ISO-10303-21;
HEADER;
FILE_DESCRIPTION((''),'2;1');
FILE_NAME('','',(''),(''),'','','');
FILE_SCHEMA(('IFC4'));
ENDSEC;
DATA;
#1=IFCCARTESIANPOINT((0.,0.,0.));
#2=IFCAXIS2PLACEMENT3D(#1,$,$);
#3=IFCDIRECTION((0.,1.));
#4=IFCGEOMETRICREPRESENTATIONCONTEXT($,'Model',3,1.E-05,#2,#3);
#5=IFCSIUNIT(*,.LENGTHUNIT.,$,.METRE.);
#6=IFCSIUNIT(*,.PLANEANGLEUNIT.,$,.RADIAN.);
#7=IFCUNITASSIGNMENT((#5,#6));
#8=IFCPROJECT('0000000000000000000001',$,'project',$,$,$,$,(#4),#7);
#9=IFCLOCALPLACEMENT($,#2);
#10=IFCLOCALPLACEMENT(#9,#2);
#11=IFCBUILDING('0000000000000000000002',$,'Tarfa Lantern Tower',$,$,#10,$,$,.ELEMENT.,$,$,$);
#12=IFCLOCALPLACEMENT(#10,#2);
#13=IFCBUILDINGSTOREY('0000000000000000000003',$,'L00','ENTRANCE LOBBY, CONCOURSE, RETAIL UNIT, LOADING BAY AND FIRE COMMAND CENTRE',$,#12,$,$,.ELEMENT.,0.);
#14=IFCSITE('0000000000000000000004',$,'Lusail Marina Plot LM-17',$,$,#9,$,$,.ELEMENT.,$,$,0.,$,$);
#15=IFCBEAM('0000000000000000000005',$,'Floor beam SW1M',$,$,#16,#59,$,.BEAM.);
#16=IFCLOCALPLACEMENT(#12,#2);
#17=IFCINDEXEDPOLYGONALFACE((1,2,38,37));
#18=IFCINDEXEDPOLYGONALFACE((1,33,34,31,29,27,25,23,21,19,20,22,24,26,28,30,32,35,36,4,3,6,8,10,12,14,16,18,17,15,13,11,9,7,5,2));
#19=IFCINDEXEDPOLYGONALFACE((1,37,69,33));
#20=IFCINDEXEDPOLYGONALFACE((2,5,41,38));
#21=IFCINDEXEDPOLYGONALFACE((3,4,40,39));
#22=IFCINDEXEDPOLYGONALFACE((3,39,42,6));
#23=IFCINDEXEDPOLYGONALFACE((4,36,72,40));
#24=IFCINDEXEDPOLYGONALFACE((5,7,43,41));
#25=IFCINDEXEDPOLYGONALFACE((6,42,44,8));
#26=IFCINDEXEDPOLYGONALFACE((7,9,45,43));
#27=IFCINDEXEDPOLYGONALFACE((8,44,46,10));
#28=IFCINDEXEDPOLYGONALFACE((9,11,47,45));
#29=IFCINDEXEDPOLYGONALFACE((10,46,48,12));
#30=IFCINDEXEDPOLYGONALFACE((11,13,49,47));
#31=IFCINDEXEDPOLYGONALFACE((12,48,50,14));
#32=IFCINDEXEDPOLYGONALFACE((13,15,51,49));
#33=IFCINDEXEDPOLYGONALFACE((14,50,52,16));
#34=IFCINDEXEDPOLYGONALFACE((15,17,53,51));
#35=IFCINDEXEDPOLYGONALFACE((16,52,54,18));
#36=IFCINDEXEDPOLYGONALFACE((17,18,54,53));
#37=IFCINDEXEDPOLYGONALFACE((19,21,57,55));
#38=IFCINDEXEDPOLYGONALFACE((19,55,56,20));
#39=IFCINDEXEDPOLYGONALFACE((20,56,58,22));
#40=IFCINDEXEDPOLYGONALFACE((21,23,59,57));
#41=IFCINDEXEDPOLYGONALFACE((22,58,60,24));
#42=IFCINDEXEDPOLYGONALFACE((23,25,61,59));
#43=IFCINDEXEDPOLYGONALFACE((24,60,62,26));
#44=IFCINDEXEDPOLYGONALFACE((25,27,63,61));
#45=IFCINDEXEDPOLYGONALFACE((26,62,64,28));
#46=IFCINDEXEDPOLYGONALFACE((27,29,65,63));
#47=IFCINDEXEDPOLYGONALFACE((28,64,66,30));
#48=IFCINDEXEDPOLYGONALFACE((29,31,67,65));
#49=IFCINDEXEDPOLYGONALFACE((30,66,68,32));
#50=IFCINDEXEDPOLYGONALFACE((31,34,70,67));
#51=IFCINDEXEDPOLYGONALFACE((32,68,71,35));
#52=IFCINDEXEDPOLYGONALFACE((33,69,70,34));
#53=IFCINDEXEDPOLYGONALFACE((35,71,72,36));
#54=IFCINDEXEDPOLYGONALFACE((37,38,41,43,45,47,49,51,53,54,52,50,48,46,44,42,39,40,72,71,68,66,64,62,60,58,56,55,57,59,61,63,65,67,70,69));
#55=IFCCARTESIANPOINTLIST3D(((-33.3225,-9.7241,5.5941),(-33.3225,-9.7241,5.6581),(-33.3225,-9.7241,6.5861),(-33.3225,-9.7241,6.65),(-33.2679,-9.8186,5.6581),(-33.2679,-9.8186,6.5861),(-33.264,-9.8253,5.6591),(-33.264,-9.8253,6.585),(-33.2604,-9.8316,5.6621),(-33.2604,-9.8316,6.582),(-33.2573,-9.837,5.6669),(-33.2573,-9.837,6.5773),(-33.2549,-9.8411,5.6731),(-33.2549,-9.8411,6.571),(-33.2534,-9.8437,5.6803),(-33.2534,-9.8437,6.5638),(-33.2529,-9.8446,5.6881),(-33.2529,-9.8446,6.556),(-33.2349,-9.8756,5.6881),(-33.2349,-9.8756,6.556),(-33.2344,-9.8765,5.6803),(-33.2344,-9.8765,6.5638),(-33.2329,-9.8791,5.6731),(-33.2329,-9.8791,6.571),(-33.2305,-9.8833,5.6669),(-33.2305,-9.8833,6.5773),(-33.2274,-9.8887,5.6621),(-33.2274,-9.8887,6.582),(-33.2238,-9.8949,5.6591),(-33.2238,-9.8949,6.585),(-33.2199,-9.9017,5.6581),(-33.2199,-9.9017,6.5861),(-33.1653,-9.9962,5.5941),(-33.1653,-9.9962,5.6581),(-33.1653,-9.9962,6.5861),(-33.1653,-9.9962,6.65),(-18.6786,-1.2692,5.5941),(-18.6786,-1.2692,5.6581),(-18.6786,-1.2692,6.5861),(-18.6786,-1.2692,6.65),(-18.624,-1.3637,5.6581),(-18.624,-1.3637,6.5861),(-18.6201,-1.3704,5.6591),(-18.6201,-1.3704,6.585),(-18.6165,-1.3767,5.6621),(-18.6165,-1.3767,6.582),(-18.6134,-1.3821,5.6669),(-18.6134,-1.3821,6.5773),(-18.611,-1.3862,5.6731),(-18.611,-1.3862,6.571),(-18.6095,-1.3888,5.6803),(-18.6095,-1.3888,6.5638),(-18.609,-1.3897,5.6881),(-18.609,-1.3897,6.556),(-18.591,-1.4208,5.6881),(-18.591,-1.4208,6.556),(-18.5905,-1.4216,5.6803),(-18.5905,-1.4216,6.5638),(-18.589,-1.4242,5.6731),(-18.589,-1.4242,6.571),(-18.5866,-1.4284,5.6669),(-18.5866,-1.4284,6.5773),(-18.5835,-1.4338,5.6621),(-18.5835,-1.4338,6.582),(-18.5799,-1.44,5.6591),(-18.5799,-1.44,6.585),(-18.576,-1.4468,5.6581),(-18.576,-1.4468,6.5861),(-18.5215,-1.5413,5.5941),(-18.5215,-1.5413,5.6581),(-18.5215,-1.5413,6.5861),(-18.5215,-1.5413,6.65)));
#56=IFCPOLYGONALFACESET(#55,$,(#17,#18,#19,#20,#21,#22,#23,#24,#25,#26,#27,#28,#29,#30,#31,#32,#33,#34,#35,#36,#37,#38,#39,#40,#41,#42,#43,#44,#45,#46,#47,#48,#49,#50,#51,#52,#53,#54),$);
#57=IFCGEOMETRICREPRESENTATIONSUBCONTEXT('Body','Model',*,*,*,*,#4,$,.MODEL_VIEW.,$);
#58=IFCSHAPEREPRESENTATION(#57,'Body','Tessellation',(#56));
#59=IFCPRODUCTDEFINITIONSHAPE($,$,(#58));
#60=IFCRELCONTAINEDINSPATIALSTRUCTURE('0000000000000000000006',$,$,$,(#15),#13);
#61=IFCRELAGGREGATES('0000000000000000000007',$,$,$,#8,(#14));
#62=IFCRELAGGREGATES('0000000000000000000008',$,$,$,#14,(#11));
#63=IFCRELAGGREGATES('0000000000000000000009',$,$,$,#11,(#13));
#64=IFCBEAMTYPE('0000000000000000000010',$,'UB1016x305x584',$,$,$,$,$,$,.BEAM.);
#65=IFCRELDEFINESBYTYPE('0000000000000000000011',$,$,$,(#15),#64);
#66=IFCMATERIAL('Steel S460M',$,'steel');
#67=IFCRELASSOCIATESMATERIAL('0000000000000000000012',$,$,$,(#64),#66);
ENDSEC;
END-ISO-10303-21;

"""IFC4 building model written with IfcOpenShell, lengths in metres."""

from ifc_helpers import new_model, si_unit, direction, frame, origin, origin_2d, place, context, subcontext, project, spatial, i_section, extrude, material, material_profile, profile_set, type_object, element, save


model = new_model("IFC4")

# Units and contexts
model_context = context("Model", 3, precision=1e-05, world=origin(), true_north=direction((0.0, 1.0)))
body_context = subcontext(model_context, "Body", "Model", "MODEL_VIEW")
ifc_project = project(units=[si_unit("LENGTHUNIT", "METRE"), si_unit("PLANEANGLEUNIT", "RADIAN")], contexts=[model_context])

# Site, building, storey
site_placement = place(None, origin())
site = spatial("IfcSite", under=ifc_project, at=site_placement, Name="Lusail Marina Plot LM-17", CompositionType="ELEMENT", RefElevation=0.0)
building_placement = place(site_placement, origin())
building = spatial("IfcBuilding", under=site, at=building_placement, Name="Tarfa Lantern Tower", CompositionType="ELEMENT")
storey_placement = place(building_placement, origin())
storey = spatial("IfcBuildingStorey", under=building, at=storey_placement, Name="L00", Description="ENTRANCE LOBBY, CONCOURSE, RETAIL UNIT, LOADING BAY AND FIRE COMMAND CENTRE", CompositionType="ELEMENT", Elevation=0.0)

# Beam
ifc_material_1 = material(Name="Steel S460M", Category="steel")
ifc_material_profile_1 = material_profile(ifc_material_1, i_section(OverallWidth=0.3142, OverallDepth=1.0559, WebThickness=0.0359, FlangeThickness=0.064, FilletRadius=0.03, at=origin_2d()), Name="UB1016x305x584")
ifc_profile_set_1 = profile_set([ifc_material_profile_1], Name="Steel S460M")
beam_type_1 = type_object("IfcBeamType", Name="UB1016x305x584", PredefinedType="BEAM", material=ifc_profile_set_1)
beam_1_placement = place(storey_placement, frame((-33.2439, -9.8601, 6.1221), z_axis=(0.866019, 0.50001, 0.0), x_axis=(-0.50001, 0.866019, 0.0)))
element("IfcBeam", 1, at=beam_1_placement, inside=storey, type_object=beam_type_1, Name="Floor beam SW1M", PredefinedType="BEAM", context=body_context, shape_type="SweptSolid", body=[
    extrude(i_section(OverallWidth=0.3142, OverallDepth=1.0559, WebThickness=0.0359, FlangeThickness=0.064, FilletRadius=0.03, at=origin_2d()), origin(), (0.0, 0.0, 1.0), 16.9094),
])

save(model, "model.ifc")
